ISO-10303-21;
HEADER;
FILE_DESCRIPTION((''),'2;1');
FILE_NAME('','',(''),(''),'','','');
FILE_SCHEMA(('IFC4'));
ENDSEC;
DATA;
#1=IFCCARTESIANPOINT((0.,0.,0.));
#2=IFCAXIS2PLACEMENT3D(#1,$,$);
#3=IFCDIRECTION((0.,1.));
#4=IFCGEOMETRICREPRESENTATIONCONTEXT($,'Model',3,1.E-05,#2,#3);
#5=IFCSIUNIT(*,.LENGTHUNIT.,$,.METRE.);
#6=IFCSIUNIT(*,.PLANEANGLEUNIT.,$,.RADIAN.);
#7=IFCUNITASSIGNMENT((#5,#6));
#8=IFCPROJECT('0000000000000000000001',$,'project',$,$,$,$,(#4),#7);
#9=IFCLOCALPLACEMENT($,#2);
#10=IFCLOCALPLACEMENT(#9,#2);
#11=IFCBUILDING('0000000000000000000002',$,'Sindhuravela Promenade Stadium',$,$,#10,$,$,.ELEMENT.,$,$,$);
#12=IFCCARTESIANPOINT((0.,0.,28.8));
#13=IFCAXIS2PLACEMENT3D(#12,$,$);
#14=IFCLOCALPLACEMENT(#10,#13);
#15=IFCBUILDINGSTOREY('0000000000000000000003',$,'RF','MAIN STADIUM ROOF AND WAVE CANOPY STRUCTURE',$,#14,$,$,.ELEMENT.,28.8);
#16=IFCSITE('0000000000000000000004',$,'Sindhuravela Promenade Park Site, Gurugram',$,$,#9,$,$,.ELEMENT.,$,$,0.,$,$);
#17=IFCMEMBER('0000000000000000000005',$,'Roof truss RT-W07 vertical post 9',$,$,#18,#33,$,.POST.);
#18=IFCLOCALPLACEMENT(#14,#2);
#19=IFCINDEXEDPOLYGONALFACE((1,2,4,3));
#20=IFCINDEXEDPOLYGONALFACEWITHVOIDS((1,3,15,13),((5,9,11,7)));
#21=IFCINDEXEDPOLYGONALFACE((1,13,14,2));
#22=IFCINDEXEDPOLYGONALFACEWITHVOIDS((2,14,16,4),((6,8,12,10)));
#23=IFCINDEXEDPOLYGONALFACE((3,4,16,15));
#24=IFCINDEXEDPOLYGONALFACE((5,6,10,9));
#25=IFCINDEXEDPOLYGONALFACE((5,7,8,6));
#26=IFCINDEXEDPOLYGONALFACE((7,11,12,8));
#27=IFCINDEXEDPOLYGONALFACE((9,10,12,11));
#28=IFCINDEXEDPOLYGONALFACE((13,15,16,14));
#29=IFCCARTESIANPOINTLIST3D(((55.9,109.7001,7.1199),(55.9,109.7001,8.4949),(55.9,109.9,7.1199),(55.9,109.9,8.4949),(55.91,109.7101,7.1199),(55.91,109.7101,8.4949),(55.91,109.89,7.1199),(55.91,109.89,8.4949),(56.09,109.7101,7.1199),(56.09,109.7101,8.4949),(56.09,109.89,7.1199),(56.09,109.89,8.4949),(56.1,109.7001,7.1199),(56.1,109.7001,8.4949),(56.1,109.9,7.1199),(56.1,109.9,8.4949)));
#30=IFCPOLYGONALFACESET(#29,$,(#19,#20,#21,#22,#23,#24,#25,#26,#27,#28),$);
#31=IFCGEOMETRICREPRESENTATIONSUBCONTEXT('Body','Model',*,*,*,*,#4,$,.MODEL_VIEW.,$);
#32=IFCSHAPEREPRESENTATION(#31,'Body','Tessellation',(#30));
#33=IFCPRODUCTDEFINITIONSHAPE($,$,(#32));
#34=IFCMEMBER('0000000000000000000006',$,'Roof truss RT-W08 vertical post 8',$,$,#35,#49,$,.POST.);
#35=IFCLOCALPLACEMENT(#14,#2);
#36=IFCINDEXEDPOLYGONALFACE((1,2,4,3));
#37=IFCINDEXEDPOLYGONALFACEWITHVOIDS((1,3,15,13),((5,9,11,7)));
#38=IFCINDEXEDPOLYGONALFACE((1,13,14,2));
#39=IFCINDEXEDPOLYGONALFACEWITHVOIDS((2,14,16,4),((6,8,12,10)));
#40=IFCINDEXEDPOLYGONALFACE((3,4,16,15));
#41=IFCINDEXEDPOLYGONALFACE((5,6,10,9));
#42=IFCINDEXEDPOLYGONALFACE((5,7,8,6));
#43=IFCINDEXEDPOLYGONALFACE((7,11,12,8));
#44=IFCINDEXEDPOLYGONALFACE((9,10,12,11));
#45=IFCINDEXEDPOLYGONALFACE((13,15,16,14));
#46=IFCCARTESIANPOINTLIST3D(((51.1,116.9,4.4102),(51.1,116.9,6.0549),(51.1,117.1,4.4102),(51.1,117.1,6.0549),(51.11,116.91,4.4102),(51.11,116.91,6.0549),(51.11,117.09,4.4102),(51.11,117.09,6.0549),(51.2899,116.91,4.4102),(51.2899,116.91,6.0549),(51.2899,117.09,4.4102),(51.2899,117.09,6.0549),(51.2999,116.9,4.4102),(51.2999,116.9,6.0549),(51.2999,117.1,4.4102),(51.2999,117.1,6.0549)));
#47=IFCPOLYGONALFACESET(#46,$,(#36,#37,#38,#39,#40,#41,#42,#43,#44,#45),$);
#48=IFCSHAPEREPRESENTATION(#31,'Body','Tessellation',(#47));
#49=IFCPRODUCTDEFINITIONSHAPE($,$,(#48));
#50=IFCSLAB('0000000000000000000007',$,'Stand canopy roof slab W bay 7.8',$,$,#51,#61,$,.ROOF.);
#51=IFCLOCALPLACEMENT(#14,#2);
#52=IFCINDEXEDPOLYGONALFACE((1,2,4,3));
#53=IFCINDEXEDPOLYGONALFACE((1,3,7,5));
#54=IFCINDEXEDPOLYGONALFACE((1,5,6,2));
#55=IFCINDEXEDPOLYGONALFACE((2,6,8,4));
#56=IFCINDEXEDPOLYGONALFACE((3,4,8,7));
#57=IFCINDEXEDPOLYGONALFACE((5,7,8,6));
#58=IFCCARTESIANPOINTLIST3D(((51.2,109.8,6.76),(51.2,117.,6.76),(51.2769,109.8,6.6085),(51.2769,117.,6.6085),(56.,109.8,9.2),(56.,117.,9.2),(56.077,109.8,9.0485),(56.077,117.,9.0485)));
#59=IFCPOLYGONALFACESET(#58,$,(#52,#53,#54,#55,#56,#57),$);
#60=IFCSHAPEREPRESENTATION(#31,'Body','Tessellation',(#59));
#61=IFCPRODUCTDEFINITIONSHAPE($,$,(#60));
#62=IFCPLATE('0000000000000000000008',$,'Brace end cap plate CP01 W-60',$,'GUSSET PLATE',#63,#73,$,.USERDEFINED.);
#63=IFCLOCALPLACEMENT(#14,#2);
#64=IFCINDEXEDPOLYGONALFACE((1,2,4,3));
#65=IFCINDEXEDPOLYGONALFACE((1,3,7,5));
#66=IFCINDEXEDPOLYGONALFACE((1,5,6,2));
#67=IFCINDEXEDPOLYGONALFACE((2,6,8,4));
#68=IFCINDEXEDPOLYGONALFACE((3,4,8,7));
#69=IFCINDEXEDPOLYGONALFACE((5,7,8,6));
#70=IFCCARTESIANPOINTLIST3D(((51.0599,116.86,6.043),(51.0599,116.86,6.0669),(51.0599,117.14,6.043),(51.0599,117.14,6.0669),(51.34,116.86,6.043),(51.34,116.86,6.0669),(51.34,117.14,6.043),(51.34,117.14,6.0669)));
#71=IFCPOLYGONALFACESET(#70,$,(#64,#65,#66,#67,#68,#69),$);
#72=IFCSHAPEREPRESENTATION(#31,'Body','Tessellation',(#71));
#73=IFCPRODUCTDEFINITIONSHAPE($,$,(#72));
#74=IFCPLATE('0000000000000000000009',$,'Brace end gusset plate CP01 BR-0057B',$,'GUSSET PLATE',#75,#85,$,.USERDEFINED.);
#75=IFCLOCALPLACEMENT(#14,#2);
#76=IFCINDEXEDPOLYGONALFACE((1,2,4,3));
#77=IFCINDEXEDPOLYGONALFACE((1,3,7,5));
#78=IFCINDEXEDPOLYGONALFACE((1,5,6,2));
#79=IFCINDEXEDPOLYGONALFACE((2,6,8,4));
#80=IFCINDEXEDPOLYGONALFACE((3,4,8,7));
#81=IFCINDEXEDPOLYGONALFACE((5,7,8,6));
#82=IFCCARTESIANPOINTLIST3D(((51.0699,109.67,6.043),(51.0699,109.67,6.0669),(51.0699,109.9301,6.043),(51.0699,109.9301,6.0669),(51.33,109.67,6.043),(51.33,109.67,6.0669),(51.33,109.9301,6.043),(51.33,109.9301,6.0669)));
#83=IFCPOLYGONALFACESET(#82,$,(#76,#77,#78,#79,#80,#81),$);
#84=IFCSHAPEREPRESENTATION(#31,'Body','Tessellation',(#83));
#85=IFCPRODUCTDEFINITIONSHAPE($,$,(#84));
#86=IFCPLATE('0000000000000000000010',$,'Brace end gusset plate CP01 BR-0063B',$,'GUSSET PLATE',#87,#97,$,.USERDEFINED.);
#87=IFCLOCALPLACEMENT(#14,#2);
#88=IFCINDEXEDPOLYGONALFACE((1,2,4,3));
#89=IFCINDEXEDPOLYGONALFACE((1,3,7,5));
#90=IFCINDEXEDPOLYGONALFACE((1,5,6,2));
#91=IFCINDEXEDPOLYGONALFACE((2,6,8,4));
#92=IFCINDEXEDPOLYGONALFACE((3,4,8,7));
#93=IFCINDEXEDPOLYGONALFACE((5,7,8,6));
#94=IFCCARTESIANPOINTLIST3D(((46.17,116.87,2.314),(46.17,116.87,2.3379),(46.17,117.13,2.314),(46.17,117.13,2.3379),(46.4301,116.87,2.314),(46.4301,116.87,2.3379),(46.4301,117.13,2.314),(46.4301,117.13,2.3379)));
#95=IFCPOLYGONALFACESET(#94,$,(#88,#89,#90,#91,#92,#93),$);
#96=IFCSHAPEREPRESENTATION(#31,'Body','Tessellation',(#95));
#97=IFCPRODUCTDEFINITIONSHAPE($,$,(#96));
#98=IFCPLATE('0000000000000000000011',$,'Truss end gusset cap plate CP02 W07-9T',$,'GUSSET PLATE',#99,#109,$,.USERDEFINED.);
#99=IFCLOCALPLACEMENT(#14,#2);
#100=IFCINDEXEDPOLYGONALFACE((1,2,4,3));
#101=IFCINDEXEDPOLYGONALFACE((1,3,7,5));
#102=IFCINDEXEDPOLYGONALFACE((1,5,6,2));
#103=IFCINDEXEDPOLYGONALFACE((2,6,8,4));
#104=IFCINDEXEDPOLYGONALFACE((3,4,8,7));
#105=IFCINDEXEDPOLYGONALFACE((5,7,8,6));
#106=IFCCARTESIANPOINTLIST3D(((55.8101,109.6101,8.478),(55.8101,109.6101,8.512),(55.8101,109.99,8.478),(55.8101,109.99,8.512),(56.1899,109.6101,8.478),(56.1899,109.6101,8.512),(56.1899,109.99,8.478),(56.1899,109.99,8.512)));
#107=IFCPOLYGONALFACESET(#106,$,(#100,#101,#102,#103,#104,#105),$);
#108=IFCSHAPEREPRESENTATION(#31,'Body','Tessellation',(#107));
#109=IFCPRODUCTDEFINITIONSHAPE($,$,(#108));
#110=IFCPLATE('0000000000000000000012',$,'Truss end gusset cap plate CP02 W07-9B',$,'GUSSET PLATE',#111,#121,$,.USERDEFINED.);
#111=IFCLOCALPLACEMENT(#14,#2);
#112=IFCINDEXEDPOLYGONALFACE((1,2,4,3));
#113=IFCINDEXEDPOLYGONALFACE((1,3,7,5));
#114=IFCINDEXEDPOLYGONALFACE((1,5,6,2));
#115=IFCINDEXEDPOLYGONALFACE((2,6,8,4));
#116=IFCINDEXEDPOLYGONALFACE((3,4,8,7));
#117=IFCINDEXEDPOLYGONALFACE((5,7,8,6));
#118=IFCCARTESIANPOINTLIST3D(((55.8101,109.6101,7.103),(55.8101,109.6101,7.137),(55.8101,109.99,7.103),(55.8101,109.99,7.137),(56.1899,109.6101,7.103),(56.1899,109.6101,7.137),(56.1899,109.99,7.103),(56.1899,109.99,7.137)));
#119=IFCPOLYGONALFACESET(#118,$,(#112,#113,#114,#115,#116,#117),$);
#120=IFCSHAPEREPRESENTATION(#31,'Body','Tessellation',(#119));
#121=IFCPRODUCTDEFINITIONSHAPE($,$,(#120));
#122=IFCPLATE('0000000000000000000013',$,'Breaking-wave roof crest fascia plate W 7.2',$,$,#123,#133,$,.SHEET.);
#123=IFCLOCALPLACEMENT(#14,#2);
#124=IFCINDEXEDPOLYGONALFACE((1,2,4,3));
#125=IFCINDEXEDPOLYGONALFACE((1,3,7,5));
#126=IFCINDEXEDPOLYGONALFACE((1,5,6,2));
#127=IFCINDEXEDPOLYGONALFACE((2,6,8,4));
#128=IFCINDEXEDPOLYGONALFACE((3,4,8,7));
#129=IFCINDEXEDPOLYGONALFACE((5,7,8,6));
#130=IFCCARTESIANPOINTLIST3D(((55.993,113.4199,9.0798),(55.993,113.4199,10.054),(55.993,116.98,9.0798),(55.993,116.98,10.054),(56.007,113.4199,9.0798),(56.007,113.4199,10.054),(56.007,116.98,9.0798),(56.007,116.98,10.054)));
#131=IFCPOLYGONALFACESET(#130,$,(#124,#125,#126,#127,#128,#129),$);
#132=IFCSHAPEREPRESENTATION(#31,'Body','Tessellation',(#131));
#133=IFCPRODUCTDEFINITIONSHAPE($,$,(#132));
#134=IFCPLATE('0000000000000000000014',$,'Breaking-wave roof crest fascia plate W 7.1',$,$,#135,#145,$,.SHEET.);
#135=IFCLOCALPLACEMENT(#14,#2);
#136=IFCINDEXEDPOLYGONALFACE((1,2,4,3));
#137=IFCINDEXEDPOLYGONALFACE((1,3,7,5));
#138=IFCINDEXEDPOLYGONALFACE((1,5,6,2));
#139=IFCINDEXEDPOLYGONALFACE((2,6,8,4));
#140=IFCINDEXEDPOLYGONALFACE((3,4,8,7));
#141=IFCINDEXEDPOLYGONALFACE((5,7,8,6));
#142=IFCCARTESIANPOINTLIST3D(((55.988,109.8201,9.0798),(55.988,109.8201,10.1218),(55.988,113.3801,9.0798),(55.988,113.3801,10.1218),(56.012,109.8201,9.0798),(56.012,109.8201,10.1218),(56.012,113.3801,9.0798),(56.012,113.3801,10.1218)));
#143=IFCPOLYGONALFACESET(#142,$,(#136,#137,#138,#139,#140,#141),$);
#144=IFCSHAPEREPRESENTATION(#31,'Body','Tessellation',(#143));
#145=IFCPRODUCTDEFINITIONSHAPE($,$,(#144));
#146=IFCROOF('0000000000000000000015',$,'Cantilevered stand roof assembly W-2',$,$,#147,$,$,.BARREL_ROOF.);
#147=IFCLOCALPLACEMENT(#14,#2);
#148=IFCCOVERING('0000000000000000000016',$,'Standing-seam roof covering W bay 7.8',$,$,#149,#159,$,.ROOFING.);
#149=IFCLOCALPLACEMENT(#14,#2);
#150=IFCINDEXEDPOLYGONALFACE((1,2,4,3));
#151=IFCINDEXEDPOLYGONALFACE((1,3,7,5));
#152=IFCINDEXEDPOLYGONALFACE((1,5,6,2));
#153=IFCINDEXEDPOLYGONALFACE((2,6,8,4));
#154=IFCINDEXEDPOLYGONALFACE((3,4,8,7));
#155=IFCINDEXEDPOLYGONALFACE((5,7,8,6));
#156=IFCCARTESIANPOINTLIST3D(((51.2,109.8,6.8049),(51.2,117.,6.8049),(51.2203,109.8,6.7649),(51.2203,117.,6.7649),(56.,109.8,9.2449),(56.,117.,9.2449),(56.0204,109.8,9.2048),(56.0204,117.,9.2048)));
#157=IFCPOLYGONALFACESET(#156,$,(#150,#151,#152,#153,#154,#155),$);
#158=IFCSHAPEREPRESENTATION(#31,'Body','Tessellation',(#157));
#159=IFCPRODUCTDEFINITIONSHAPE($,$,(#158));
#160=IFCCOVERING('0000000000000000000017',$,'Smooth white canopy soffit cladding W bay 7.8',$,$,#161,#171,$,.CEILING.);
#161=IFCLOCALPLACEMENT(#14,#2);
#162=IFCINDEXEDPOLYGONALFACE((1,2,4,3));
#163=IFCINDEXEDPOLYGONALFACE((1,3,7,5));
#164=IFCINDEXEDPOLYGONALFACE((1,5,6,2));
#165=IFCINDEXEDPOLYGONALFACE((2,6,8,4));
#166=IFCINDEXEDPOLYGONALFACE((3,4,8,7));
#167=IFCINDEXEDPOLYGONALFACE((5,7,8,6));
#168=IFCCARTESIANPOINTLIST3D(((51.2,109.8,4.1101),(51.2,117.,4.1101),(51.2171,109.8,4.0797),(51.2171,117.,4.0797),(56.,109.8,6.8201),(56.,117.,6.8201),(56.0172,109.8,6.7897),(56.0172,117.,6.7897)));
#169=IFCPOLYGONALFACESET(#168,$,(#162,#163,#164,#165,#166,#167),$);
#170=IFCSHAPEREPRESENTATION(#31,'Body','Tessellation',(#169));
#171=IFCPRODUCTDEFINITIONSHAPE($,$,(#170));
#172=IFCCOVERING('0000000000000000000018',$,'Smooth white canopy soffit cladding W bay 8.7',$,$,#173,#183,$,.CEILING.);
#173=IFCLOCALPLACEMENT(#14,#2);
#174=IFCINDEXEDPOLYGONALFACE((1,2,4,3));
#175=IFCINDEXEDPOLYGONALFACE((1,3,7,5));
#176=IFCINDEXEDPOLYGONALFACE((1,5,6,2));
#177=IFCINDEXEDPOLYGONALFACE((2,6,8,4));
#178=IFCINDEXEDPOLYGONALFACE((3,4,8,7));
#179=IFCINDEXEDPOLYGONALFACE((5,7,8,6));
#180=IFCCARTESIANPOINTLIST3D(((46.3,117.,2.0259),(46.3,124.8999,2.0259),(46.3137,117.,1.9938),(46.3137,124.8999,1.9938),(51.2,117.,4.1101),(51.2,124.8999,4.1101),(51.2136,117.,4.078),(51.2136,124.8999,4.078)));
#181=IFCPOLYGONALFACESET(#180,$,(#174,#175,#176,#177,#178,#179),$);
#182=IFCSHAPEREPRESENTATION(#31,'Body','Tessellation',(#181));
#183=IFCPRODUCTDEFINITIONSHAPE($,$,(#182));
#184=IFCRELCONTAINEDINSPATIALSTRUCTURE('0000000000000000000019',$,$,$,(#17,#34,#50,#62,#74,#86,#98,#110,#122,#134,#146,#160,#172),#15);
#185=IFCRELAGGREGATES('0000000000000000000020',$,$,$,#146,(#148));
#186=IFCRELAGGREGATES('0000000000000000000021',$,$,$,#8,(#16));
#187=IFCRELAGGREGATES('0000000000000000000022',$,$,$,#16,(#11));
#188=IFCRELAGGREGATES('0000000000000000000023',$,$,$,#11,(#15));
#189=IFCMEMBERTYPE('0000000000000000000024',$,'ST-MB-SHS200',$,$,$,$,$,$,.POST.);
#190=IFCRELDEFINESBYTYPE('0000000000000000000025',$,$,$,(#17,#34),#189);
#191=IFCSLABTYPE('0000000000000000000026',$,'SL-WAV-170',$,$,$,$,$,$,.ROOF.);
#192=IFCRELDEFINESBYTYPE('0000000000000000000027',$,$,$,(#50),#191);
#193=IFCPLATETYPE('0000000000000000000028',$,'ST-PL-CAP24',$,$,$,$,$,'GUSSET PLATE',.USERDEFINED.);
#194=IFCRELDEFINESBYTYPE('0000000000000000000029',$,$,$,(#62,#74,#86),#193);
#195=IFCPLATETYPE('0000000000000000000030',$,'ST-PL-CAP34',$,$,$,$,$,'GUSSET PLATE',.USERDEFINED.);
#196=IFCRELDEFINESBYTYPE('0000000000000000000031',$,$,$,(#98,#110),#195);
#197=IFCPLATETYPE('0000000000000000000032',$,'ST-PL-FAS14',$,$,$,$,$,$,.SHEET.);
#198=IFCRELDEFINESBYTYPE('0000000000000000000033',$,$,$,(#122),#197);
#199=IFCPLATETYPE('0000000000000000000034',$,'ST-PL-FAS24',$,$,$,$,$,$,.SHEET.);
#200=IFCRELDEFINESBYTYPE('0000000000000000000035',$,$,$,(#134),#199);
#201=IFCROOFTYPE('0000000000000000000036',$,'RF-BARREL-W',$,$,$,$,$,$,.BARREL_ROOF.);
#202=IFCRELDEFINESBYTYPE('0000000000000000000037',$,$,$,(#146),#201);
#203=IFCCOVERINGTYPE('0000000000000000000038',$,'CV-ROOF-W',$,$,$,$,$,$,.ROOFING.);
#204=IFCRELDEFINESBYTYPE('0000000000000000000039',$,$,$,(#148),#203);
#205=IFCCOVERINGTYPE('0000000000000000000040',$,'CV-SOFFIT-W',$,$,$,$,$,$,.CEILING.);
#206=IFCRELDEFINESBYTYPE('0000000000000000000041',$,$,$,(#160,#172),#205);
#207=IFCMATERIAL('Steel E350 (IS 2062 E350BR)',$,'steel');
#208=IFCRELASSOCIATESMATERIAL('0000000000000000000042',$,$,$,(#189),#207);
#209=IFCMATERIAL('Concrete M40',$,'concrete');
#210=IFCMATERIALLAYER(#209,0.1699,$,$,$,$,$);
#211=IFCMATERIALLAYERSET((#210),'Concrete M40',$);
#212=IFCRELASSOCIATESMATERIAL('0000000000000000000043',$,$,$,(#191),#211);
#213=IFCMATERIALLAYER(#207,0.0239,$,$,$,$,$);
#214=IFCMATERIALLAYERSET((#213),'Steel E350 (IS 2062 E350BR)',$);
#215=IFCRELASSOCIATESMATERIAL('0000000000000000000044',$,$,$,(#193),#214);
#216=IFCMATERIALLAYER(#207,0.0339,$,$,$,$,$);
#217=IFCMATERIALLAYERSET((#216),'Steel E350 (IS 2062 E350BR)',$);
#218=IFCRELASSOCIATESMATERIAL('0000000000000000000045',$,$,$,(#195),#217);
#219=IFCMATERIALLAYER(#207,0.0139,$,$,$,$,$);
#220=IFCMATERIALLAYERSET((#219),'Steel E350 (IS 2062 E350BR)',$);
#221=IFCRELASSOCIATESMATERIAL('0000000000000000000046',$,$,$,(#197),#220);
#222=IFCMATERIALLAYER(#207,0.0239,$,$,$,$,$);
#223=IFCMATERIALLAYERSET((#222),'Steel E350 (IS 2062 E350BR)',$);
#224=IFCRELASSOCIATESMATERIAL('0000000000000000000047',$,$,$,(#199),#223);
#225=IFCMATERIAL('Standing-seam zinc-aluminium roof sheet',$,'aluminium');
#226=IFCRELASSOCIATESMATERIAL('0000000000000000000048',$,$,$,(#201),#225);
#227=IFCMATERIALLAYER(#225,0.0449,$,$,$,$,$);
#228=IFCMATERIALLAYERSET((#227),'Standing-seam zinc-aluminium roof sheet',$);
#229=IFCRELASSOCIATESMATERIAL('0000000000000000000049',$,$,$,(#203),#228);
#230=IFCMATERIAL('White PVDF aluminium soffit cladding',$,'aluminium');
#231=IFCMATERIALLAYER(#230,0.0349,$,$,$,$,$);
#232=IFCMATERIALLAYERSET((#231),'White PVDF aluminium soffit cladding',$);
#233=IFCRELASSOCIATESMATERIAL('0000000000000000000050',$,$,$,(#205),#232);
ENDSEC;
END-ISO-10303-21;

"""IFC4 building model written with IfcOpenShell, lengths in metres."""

from ifc_helpers import new_model, si_unit, direction, frame, origin, origin_2d, place, context, subcontext, project, spatial, polyline, rectangle, hollow_rectangle, outline, extrude, material, layer, layer_set, material_profile, profile_set, type_object, element, aggregate, save


model = new_model("IFC4")

# Units and contexts
model_context = context("Model", 3, precision=1e-05, world=origin(), true_north=direction((0.0, 1.0)))
body_context = subcontext(model_context, "Body", "Model", "MODEL_VIEW")
ifc_project = project(units=[si_unit("LENGTHUNIT", "METRE"), si_unit("PLANEANGLEUNIT", "RADIAN")], contexts=[model_context])

# Site, building, storey
site_placement = place(None, origin())
site = spatial("IfcSite", under=ifc_project, at=site_placement, Name="Sindhuravela Promenade Park Site, Gurugram", CompositionType="ELEMENT", RefElevation=0.0)
building_placement = place(site_placement, origin())
building = spatial("IfcBuilding", under=site, at=building_placement, Name="Sindhuravela Promenade Stadium", CompositionType="ELEMENT")
storey_placement = place(building_placement, frame((0.0, 0.0, 28.8)))
storey = spatial("IfcBuildingStorey", under=building, at=storey_placement, Name="RF", Description="MAIN STADIUM ROOF AND WAVE CANOPY STRUCTURE", CompositionType="ELEMENT", Elevation=28.8)

# Shared definitions
ifc_material_1 = material(Name="Steel E350 (IS 2062 E350BR)", Category="steel")

# Members
ifc_material_profile_1 = material_profile(ifc_material_1, hollow_rectangle(XDim=0.2, YDim=0.2, WallThickness=0.01, at=origin_2d()), Name="SHS 200x200x10")
ifc_profile_set_1 = profile_set([ifc_material_profile_1], Name="Steel E350 (IS 2062 E350BR)")
member_type_1 = type_object("IfcMemberType", Name="ST-MB-SHS200", PredefinedType="POST", material=ifc_profile_set_1)
member_1_placement = place(storey_placement, frame((56.0, 109.8, 7.1199), z_axis=(0.0, 0.0, 1.0), x_axis=(1.0, 0.0, 0.0)))
element("IfcMember", 1, at=member_1_placement, inside=storey, type_object=member_type_1, Name="Roof truss RT-W07 vertical post 9", PredefinedType="POST", context=body_context, shape_type="SweptSolid", body=[
    extrude(hollow_rectangle(XDim=0.2, YDim=0.2, WallThickness=0.01, at=origin_2d()), origin(), (0.0, 0.0, 1.0), 1.375),
])
member_2_placement = place(storey_placement, frame((51.2, 117.0, 4.4102), z_axis=(0.0, 0.0, 1.0), x_axis=(1.0, 0.0, 0.0)))
element("IfcMember", 2, at=member_2_placement, inside=storey, type_object=member_type_1, Name="Roof truss RT-W08 vertical post 8", PredefinedType="POST", context=body_context, shape_type="SweptSolid", body=[
    extrude(hollow_rectangle(XDim=0.2, YDim=0.2, WallThickness=0.01, at=origin_2d()), origin(), (0.0, 0.0, 1.0), 1.6448),
])

# Slab
ifc_material_2 = material(Name="Concrete M40", Category="concrete")
ifc_layer_1 = layer(ifc_material_2, 0.1699)
ifc_layer_set_1 = layer_set([ifc_layer_1], Name="Concrete M40")
slab_type = type_object("IfcSlabType", Name="SL-WAV-170", PredefinedType="ROOF", material=ifc_layer_set_1)
slab_placement = place(storey_placement, frame((51.2, 109.8, 6.76), z_axis=(-0.453134, 0.0, 0.891442), x_axis=(0.0, 1.0, 0.0)))
element("IfcSlab", 3, at=slab_placement, inside=storey, type_object=slab_type, Name="Stand canopy roof slab W bay 7.8", PredefinedType="ROOF", context=body_context, shape_type="SweptSolid", body=[
    extrude(outline(polyline([(0.0, 0.0), (0.0, -5.3846), (7.2, -5.3846), (7.2, 0.0), (0.0, 0.0)])), origin(), (0.0, 0.0, -1.0), 0.1699),
])

# Plates
ifc_layer_2 = layer(ifc_material_1, 0.0239)
ifc_layer_set_2 = layer_set([ifc_layer_2], Name="Steel E350 (IS 2062 E350BR)")
plate_type_1 = type_object("IfcPlateType", Name="ST-PL-CAP24", ElementType="GUSSET PLATE", PredefinedType="USERDEFINED", material=ifc_layer_set_2)
plate_1_placement = place(storey_placement, frame((51.2, 117.0, 6.043), z_axis=(0.0, 0.0, 1.0), x_axis=(1.0, 0.0, 0.0)))
element("IfcPlate", 4, at=plate_1_placement, inside=storey, type_object=plate_type_1, Name="Brace end cap plate CP01 W-60", ObjectType="GUSSET PLATE", PredefinedType="USERDEFINED", context=body_context, shape_type="SweptSolid", body=[
    extrude(rectangle(XDim=0.28, YDim=0.28, at=origin_2d()), origin(), (0.0, 0.0, 1.0), 0.0239),
])
for number, where, z_axis, x_axis, name in (
    (5, (51.2, 109.8, 6.043), (0.0, 0.0, 1.0), (1.0, 0.0, 0.0), "Brace end gusset plate CP01 BR-0057B"),
    (6, (46.3, 117.0, 2.314), (0.0, 0.0, 1.0), (1.0, 0.0, 0.0), "Brace end gusset plate CP01 BR-0063B"),
):
    element("IfcPlate", number, at=place(storey_placement, frame(where, z_axis=z_axis, x_axis=x_axis)), inside=storey, type_object=plate_type_1, Name=name, ObjectType="GUSSET PLATE", PredefinedType="USERDEFINED", context=body_context, shape_type="SweptSolid", body=[
        extrude(rectangle(XDim=0.26, YDim=0.26, at=origin_2d()), origin(), (0.0, 0.0, 1.0), 0.0239),
    ])
ifc_layer_3 = layer(ifc_material_1, 0.0339)
ifc_layer_set_3 = layer_set([ifc_layer_3], Name="Steel E350 (IS 2062 E350BR)")
plate_type_2 = type_object("IfcPlateType", Name="ST-PL-CAP34", ElementType="GUSSET PLATE", PredefinedType="USERDEFINED", material=ifc_layer_set_3)
for number, where, z_axis, x_axis, name in (
    (7, (56.0, 109.8, 8.478), (0.0, 0.0, 1.0), (1.0, 0.0, 0.0), "Truss end gusset cap plate CP02 W07-9T"),
    (8, (56.0, 109.8, 7.103), (0.0, 0.0, 1.0), (1.0, 0.0, 0.0), "Truss end gusset cap plate CP02 W07-9B"),
):
    element("IfcPlate", number, at=place(storey_placement, frame(where, z_axis=z_axis, x_axis=x_axis)), inside=storey, type_object=plate_type_2, Name=name, ObjectType="GUSSET PLATE", PredefinedType="USERDEFINED", context=body_context, shape_type="SweptSolid", body=[
        extrude(rectangle(XDim=0.3799, YDim=0.3799, at=origin_2d()), origin(), (0.0, 0.0, 1.0), 0.0339),
    ])
ifc_layer_4 = layer(ifc_material_1, 0.0139)
ifc_layer_set_4 = layer_set([ifc_layer_4], Name="Steel E350 (IS 2062 E350BR)")
plate_type_3 = type_object("IfcPlateType", Name="ST-PL-FAS14", PredefinedType="SHEET", material=ifc_layer_set_4)
plate_2_placement = place(storey_placement, frame((56.0, 115.2, 9.0798), z_axis=(0.0, 0.0, 1.0), x_axis=(0.0, 1.0, 0.0)))
element("IfcPlate", 9, at=plate_2_placement, inside=storey, type_object=plate_type_3, Name="Breaking-wave roof crest fascia plate W 7.2", PredefinedType="SHEET", context=body_context, shape_type="SweptSolid", body=[
    extrude(rectangle(XDim=3.5601, YDim=0.0139, at=origin_2d()), origin(), (0.0, 0.0, 1.0), 0.9741),
])
ifc_layer_5 = layer(ifc_material_1, 0.0239)
ifc_layer_set_5 = layer_set([ifc_layer_5], Name="Steel E350 (IS 2062 E350BR)")
plate_type_4 = type_object("IfcPlateType", Name="ST-PL-FAS24", PredefinedType="SHEET", material=ifc_layer_set_5)
plate_3_placement = place(storey_placement, frame((56.0, 111.6001, 9.0798), z_axis=(0.0, 0.0, 1.0), x_axis=(0.0, 1.0, 0.0)))
element("IfcPlate", 10, at=plate_3_placement, inside=storey, type_object=plate_type_4, Name="Breaking-wave roof crest fascia plate W 7.1", PredefinedType="SHEET", context=body_context, shape_type="SweptSolid", body=[
    extrude(rectangle(XDim=3.5601, YDim=0.0239, at=origin_2d()), origin(), (0.0, 0.0, 1.0), 1.042),
])

# Roof, covering
ifc_material_3 = material(Name="Standing-seam zinc-aluminium roof sheet", Category="aluminium")
roof_type = type_object("IfcRoofType", Name="RF-BARREL-W", PredefinedType="BARREL_ROOF", material=ifc_material_3)
roof_placement = place(storey_placement, origin())
roof = element("IfcRoof", 11, at=roof_placement, inside=storey, type_object=roof_type, Name="Cantilevered stand roof assembly W-2", PredefinedType="BARREL_ROOF")
ifc_layer_6 = layer(ifc_material_3, 0.0449)
ifc_layer_set_6 = layer_set([ifc_layer_6], Name="Standing-seam zinc-aluminium roof sheet")
covering_type_1 = type_object("IfcCoveringType", Name="CV-ROOF-W", PredefinedType="ROOFING", material=ifc_layer_set_6)
covering_1_placement = place(storey_placement, frame((51.2, 109.8, 6.8049), z_axis=(-0.453134, 0.0, 0.891442), x_axis=(0.0, 1.0, 0.0)))
covering_1 = element("IfcCovering", 12, at=covering_1_placement, type_object=covering_type_1, Name="Standing-seam roof covering W bay 7.8", PredefinedType="ROOFING", context=body_context, shape_type="SweptSolid", body=[
    extrude(outline(polyline([(0.0, 0.0), (0.0, -5.3846), (7.2, -5.3846), (7.2, 0.0), (0.0, 0.0)])), origin(), (0.0, 0.0, -1.0), 0.0449),
])
aggregate(roof, [covering_1])

# Coverings
ifc_material_4 = material(Name="White PVDF aluminium soffit cladding", Category="aluminium")
ifc_layer_7 = layer(ifc_material_4, 0.0349)
ifc_layer_set_7 = layer_set([ifc_layer_7], Name="White PVDF aluminium soffit cladding")
covering_type_2 = type_object("IfcCoveringType", Name="CV-SOFFIT-W", PredefinedType="CEILING", material=ifc_layer_set_7)
covering_2_placement = place(storey_placement, frame((51.2, 109.8, 4.1101), z_axis=(-0.49163, 0.0, 0.870804), x_axis=(0.0, 1.0, 0.0)))
element("IfcCovering", 13, at=covering_2_placement, inside=storey, type_object=covering_type_2, Name="Smooth white canopy soffit cladding W bay 7.8", PredefinedType="CEILING", context=body_context, shape_type="SweptSolid", body=[
    extrude(outline(polyline([(0.0, 0.0), (0.0, -5.5122), (7.2, -5.5122), (7.2, 0.0), (0.0, 0.0)])), origin(), (0.0, 0.0, -1.0), 0.0349),
])
covering_3_placement = place(storey_placement, frame((46.3, 117.0, 2.0259), z_axis=(-0.391422, 0.0, 0.920211), x_axis=(0.0, 1.0, 0.0)))
element("IfcCovering", 14, at=covering_3_placement, inside=storey, type_object=covering_type_2, Name="Smooth white canopy soffit cladding W bay 8.7", PredefinedType="CEILING", context=body_context, shape_type="SweptSolid", body=[
    extrude(outline(polyline([(0.0, 0.0), (0.0, -5.3248), (7.8999, -5.3248), (7.8999, 0.0), (0.0, 0.0)])), origin(), (0.0, 0.0, -1.0), 0.0349),
])

save(model, "model.ifc")
